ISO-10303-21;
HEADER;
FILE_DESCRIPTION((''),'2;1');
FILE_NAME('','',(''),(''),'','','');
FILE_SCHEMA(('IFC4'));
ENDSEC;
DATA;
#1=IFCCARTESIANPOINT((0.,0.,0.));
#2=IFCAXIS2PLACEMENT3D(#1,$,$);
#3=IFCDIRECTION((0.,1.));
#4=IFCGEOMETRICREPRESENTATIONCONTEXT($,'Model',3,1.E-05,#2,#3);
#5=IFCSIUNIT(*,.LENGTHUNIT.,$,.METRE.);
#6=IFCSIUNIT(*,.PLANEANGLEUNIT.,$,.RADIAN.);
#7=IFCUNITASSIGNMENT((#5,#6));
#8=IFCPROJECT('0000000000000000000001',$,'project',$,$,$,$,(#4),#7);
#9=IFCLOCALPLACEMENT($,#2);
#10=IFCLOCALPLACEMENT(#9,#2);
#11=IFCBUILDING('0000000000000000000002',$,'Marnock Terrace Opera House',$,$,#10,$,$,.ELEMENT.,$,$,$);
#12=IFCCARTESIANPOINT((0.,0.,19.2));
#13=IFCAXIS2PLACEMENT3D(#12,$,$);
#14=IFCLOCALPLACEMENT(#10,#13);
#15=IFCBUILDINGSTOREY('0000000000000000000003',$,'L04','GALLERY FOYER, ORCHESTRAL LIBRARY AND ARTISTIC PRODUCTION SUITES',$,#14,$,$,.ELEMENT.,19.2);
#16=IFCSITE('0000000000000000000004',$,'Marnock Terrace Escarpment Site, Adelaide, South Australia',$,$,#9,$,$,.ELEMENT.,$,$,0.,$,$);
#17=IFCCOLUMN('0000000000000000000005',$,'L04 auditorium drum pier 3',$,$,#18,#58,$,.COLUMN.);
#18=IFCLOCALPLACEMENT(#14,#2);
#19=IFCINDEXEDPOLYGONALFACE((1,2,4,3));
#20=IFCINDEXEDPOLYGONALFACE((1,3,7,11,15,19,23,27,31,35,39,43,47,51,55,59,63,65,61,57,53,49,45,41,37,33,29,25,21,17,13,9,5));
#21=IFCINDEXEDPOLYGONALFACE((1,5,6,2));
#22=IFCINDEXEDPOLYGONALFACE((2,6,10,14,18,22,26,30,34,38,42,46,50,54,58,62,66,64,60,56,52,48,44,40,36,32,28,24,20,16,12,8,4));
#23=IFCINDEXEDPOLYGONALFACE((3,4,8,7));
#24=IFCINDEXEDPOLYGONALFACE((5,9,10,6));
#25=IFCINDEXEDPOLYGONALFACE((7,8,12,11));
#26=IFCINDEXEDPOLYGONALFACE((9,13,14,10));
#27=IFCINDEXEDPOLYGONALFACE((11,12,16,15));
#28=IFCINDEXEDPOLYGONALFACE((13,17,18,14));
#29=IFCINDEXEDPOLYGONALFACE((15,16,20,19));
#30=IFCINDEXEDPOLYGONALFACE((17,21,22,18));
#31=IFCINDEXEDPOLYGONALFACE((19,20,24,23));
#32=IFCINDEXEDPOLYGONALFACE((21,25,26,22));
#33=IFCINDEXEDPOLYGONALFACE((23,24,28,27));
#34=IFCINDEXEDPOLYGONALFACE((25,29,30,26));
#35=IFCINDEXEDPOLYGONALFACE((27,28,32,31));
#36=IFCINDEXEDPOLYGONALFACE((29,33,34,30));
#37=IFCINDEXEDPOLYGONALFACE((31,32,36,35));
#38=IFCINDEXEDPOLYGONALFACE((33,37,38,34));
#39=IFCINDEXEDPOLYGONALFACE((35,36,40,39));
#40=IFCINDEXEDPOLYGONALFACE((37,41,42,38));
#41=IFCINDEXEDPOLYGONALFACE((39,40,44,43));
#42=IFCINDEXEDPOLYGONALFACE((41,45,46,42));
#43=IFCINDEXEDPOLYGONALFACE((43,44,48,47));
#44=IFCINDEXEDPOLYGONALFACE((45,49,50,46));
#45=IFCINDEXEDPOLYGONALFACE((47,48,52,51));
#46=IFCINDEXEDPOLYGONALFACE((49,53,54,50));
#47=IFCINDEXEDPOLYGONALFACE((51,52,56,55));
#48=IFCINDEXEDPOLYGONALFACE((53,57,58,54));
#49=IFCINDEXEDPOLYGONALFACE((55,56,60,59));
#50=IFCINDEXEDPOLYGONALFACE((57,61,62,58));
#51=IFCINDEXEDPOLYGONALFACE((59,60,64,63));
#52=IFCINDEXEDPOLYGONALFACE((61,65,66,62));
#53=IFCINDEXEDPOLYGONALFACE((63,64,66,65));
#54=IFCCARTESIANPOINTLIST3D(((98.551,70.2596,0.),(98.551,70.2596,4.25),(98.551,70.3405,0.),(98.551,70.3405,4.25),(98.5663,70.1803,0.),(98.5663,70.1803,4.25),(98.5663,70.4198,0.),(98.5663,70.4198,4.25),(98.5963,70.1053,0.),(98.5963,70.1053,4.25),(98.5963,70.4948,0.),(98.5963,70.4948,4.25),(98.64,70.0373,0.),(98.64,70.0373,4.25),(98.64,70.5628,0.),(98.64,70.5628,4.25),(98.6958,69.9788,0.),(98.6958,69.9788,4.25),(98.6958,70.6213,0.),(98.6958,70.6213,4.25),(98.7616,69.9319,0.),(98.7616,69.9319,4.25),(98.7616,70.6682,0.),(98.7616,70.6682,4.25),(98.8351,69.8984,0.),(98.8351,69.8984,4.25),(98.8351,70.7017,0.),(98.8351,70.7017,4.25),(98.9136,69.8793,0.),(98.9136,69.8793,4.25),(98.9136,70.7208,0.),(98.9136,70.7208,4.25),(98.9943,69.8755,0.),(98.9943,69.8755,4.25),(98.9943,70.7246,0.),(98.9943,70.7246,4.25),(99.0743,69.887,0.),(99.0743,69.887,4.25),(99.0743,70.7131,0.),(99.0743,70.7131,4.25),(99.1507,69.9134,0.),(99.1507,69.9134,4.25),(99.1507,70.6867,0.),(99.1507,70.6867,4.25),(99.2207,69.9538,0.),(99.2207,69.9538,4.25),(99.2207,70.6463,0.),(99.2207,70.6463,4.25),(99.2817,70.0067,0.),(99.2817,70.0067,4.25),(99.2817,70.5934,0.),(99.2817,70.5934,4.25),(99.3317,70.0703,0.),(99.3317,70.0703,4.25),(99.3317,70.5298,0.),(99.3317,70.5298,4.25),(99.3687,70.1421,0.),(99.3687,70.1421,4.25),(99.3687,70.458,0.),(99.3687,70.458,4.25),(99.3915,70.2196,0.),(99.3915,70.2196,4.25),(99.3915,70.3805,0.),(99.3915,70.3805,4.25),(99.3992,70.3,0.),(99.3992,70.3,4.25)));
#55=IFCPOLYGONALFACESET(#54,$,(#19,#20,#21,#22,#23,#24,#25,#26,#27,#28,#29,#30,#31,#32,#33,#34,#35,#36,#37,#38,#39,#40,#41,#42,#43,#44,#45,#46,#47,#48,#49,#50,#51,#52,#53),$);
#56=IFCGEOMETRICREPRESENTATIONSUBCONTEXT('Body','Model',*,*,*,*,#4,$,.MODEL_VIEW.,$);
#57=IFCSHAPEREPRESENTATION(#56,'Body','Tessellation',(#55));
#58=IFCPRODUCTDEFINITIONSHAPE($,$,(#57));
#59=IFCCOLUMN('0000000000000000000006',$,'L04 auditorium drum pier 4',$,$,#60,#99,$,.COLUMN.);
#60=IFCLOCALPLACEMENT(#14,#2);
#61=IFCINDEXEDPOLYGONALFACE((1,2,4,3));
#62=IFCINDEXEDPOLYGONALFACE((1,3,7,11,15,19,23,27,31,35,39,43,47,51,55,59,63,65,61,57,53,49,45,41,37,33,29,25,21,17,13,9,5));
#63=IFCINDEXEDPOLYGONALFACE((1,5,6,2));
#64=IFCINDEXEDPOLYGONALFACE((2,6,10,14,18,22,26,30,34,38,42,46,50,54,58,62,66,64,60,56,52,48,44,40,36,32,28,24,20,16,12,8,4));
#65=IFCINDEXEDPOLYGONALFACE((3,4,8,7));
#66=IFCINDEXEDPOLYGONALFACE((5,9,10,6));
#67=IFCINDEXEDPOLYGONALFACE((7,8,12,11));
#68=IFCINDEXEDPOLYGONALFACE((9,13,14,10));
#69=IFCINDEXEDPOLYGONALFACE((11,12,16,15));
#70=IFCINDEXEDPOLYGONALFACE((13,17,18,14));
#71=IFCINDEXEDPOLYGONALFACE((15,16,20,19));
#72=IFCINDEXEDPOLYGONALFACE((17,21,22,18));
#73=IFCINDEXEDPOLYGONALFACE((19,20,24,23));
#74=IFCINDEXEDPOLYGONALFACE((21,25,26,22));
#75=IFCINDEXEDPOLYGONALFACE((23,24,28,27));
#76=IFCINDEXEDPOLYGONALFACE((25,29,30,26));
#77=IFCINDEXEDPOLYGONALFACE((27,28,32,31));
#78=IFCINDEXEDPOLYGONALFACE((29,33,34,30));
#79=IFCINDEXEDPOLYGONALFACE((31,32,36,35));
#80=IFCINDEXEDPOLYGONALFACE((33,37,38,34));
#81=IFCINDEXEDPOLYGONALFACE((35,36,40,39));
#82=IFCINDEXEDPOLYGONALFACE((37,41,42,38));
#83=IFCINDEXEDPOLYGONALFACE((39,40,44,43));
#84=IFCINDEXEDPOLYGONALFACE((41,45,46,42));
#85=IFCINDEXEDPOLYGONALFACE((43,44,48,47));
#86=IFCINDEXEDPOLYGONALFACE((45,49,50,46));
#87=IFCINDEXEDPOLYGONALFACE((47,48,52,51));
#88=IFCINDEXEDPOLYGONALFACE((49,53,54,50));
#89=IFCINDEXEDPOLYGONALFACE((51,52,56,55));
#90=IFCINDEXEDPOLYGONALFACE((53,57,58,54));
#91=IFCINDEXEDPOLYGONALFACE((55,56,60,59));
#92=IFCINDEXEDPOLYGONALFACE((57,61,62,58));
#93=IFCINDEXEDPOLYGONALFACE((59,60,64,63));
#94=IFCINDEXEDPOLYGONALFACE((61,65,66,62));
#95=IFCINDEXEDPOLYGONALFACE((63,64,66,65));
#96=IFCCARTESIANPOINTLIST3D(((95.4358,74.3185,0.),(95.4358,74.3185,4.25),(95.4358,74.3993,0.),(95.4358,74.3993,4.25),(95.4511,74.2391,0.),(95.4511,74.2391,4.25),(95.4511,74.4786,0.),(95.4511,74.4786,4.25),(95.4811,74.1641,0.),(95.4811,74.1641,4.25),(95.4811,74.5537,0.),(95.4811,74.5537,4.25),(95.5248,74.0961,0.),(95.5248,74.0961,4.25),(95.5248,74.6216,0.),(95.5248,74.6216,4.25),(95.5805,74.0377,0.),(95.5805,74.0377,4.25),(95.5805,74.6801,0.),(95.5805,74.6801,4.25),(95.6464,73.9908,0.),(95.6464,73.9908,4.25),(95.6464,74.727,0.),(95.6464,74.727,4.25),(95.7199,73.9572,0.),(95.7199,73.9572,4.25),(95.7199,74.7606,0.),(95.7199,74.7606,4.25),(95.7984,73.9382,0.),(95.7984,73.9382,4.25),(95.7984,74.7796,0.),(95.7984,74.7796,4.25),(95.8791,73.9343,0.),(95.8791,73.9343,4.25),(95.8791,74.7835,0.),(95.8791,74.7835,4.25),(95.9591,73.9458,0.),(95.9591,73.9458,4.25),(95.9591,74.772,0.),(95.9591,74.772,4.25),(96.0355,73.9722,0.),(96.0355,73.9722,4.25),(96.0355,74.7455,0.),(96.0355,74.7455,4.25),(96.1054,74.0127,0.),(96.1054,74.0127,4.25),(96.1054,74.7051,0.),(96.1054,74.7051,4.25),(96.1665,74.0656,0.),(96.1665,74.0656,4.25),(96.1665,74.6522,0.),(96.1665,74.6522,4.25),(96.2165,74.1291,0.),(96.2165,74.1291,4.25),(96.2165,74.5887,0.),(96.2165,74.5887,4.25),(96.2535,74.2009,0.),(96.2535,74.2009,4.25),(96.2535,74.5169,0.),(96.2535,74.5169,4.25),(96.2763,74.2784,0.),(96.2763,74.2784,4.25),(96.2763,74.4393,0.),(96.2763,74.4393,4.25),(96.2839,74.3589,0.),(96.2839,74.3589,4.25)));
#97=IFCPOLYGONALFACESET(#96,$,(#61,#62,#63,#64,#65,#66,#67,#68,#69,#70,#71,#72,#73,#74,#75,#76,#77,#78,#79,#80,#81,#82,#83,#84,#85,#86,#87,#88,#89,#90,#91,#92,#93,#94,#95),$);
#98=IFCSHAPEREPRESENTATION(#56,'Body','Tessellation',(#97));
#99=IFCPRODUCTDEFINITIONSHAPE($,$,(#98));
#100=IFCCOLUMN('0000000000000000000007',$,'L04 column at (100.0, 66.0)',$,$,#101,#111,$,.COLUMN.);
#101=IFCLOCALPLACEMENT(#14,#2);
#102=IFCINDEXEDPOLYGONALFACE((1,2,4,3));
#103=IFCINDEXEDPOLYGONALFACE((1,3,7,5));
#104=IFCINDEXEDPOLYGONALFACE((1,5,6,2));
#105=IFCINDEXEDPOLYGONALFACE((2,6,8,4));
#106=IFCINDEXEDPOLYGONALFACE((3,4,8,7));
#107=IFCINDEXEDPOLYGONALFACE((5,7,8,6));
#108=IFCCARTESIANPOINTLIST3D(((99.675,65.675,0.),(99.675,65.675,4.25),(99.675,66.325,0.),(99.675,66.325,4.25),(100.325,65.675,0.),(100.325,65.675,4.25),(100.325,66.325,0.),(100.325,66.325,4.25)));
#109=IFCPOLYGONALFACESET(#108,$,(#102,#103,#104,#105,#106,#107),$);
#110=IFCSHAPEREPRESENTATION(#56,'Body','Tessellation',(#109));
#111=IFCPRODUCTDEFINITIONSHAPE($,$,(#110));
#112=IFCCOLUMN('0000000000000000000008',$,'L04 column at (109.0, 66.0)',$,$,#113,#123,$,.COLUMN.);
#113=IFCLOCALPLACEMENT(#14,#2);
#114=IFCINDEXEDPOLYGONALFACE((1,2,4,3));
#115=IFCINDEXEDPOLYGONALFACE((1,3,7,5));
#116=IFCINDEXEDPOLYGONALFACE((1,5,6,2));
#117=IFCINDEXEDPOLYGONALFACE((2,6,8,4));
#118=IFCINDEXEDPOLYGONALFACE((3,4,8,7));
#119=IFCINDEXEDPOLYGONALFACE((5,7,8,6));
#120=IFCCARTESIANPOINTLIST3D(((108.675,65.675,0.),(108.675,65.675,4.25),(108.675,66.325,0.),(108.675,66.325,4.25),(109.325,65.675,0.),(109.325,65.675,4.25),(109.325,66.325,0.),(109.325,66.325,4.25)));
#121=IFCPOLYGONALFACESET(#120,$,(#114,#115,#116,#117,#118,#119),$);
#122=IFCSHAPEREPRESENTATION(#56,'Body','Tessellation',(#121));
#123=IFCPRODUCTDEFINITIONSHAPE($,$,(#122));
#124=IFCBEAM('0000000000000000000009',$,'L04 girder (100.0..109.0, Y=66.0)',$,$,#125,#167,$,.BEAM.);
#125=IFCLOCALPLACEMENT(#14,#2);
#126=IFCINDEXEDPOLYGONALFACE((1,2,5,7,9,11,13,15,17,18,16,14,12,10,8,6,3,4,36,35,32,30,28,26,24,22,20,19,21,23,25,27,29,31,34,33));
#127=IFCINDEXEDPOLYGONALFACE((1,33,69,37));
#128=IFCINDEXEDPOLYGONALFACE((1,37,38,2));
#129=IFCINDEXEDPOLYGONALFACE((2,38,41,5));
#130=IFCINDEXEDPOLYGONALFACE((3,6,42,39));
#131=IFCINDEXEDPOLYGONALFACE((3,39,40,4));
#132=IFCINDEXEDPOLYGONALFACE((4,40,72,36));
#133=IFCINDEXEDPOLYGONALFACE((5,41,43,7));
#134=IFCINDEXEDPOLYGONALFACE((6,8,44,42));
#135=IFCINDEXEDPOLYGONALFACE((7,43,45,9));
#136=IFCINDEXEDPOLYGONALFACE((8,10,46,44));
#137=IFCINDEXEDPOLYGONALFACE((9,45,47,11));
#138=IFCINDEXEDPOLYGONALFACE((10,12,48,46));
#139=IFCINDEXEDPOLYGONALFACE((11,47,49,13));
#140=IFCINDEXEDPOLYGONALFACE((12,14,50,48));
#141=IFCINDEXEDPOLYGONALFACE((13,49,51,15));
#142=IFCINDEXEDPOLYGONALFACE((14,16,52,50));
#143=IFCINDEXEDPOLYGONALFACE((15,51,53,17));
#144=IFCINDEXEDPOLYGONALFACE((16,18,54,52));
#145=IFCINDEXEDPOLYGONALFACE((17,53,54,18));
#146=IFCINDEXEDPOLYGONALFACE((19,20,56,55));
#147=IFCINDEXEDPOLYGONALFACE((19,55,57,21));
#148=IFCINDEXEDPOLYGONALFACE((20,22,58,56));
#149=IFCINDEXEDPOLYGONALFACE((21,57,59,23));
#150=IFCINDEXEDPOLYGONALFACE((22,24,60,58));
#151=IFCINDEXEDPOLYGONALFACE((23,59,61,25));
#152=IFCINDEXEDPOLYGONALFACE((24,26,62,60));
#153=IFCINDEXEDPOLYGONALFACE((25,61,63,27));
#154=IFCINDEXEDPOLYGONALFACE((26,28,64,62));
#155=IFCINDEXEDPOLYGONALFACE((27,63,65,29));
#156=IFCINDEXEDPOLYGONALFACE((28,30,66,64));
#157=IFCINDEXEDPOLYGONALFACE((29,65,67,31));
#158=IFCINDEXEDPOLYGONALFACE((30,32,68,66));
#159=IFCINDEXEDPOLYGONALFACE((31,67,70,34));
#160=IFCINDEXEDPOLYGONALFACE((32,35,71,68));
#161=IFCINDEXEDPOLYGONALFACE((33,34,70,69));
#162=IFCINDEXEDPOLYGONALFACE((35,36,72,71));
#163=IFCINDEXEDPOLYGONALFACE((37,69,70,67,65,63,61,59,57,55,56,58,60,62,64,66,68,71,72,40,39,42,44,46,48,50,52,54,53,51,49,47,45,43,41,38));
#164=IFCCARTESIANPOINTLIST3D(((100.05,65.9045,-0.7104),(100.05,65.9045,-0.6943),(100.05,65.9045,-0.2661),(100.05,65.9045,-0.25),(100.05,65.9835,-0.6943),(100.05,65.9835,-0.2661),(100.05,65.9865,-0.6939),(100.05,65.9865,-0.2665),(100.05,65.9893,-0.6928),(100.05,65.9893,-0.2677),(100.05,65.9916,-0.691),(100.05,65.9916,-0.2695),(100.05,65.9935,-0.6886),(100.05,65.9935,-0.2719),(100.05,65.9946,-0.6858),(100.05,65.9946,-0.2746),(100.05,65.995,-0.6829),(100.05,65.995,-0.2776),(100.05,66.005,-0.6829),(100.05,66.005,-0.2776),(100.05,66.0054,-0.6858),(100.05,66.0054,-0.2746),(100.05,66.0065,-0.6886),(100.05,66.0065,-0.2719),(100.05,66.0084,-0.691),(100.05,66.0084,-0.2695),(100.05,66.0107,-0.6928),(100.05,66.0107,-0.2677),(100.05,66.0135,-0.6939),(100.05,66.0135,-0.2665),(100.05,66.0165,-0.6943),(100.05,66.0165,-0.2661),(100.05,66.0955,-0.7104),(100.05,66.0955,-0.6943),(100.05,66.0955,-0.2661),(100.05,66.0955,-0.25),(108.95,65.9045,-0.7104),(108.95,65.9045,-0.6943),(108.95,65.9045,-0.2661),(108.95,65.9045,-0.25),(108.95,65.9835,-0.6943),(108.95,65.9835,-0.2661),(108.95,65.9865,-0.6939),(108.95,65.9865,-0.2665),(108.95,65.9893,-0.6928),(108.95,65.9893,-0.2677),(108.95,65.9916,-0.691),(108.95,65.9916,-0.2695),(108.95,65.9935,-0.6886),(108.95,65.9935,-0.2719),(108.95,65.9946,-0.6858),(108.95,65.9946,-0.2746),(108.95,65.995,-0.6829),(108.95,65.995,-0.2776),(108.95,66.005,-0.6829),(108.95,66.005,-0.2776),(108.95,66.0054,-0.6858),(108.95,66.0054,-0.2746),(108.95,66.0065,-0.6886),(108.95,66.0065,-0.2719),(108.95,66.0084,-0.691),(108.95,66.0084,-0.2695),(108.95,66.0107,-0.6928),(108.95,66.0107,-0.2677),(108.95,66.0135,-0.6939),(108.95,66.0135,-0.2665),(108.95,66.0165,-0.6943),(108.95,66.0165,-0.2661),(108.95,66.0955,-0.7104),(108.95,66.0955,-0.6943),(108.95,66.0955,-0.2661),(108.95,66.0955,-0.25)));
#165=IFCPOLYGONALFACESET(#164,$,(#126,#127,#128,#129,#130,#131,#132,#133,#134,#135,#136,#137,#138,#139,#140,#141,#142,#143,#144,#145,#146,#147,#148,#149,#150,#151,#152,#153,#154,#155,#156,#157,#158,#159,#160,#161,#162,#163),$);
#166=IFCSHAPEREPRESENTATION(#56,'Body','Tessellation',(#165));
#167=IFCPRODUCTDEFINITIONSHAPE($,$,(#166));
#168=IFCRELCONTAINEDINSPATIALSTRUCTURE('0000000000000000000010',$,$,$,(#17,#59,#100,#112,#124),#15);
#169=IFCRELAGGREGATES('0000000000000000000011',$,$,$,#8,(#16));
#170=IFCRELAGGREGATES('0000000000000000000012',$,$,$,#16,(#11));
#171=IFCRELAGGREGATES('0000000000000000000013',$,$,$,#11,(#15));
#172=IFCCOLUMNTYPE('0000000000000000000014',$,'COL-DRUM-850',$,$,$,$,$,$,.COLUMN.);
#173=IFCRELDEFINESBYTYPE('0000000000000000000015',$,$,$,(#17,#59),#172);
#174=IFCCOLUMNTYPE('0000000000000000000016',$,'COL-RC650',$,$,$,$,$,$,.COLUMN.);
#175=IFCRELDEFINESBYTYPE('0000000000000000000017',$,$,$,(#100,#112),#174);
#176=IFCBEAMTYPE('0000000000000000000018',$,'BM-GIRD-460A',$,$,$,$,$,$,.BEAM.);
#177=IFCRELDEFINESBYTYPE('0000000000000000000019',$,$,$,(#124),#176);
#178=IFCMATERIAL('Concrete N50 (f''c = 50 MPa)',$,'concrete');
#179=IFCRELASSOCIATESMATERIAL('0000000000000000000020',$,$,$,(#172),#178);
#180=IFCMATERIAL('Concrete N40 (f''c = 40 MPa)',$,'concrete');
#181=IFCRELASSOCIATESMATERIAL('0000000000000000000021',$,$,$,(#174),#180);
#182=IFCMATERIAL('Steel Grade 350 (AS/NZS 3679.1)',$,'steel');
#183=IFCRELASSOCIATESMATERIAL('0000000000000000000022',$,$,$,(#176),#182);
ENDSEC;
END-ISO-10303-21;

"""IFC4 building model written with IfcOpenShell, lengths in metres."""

from ifc_helpers import new_model, si_unit, direction, frame, origin, origin_2d, place, context, subcontext, project, spatial, rectangle, circle, i_section, extrude, material, material_profile, profile_set, type_object, element, save


model = new_model("IFC4")

# Units and contexts
model_context = context("Model", 3, precision=1e-05, world=origin(), true_north=direction((0.0, 1.0)))
body_context = subcontext(model_context, "Body", "Model", "MODEL_VIEW")
ifc_project = project(units=[si_unit("LENGTHUNIT", "METRE"), si_unit("PLANEANGLEUNIT", "RADIAN")], contexts=[model_context])

# Site, building, storey
site_placement = place(None, origin())
site = spatial("IfcSite", under=ifc_project, at=site_placement, Name="Marnock Terrace Escarpment Site, Adelaide, South Australia", CompositionType="ELEMENT", RefElevation=0.0)
building_placement = place(site_placement, origin())
building = spatial("IfcBuilding", under=site, at=building_placement, Name="Marnock Terrace Opera House", CompositionType="ELEMENT")
storey_placement = place(building_placement, frame((0.0, 0.0, 19.2)))
storey = spatial("IfcBuildingStorey", under=building, at=storey_placement, Name="L04", Description="GALLERY FOYER, ORCHESTRAL LIBRARY AND ARTISTIC PRODUCTION SUITES", CompositionType="ELEMENT", Elevation=19.2)

# Columns
ifc_material_1 = material(Name="Concrete N50 (f'c = 50 MPa)", Category="concrete")
ifc_material_profile_1 = material_profile(ifc_material_1, circle(Radius=0.425, at=origin_2d()))
ifc_profile_set_1 = profile_set([ifc_material_profile_1], Name="Concrete N50 (f'c = 50 MPa)")
column_type_1 = type_object("IfcColumnType", Name="COL-DRUM-850", PredefinedType="COLUMN", material=ifc_profile_set_1)
for number, where, z_axis, x_axis, name in (
    (1, (98.9741, 70.3, 0.0), (0.0, 0.0, 1.0), (1.0, 0.0, 0.0), "L04 auditorium drum pier 3"),
    (2, (95.8589, 74.3589, 0.0), (0.0, 0.0, 1.0), (1.0, 0.0, 0.0), "L04 auditorium drum pier 4"),
):
    element("IfcColumn", number, at=place(storey_placement, frame(where, z_axis=z_axis, x_axis=x_axis)), inside=storey, type_object=column_type_1, Name=name, PredefinedType="COLUMN", context=body_context, shape_type="SweptSolid", body=[
        extrude(circle(Radius=0.425, at=origin_2d()), origin(), (0.0, 0.0, 1.0), 4.25),
    ])
ifc_material_2 = material(Name="Concrete N40 (f'c = 40 MPa)", Category="concrete")
ifc_material_profile_2 = material_profile(ifc_material_2, rectangle(XDim=0.6499, YDim=0.6499, at=origin_2d()))
ifc_profile_set_2 = profile_set([ifc_material_profile_2], Name="Concrete N40 (f'c = 40 MPa)")
column_type_2 = type_object("IfcColumnType", Name="COL-RC650", PredefinedType="COLUMN", material=ifc_profile_set_2)
for number, where, z_axis, x_axis, name in (
    (3, (100.0, 66.0, 0.0), (0.0, 0.0, 1.0), (1.0, 0.0, 0.0), "L04 column at (100.0, 66.0)"),
    (4, (109.0, 66.0, 0.0), (0.0, 0.0, 1.0), (1.0, 0.0, 0.0), "L04 column at (109.0, 66.0)"),
):
    element("IfcColumn", number, at=place(storey_placement, frame(where, z_axis=z_axis, x_axis=x_axis)), inside=storey, type_object=column_type_2, Name=name, PredefinedType="COLUMN", context=body_context, shape_type="SweptSolid", body=[
        extrude(rectangle(XDim=0.6499, YDim=0.6499, at=origin_2d()), origin(), (0.0, 0.0, 1.0), 4.25),
    ])

# Beam
ifc_material_3 = material(Name="Steel Grade 350 (AS/NZS 3679.1)", Category="steel")
ifc_material_profile_3 = material_profile(ifc_material_3, i_section(OverallWidth=0.1909, OverallDepth=0.4604, WebThickness=0.01, FlangeThickness=0.0161, FilletRadius=0.0115, at=origin_2d()))
ifc_profile_set_3 = profile_set([ifc_material_profile_3], Name="Steel Grade 350 (AS/NZS 3679.1)")
beam_type_1 = type_object("IfcBeamType", Name="BM-GIRD-460A", PredefinedType="BEAM", material=ifc_profile_set_3)
beam_1_placement = place(storey_placement, frame((100.05, 66.0, -0.4802), z_axis=(1.0, 0.0, 0.0), x_axis=(0.0, 1.0, 0.0)))
element("IfcBeam", 5, at=beam_1_placement, inside=storey, type_object=beam_type_1, Name="L04 girder (100.0..109.0, Y=66.0)", PredefinedType="BEAM", context=body_context, shape_type="SweptSolid", body=[
    extrude(i_section(OverallWidth=0.1909, OverallDepth=0.4604, WebThickness=0.01, FlangeThickness=0.0161, FilletRadius=0.0115, at=origin_2d()), origin(), (0.0, 0.0, 1.0), 8.8999),
])

save(model, "model.ifc")
